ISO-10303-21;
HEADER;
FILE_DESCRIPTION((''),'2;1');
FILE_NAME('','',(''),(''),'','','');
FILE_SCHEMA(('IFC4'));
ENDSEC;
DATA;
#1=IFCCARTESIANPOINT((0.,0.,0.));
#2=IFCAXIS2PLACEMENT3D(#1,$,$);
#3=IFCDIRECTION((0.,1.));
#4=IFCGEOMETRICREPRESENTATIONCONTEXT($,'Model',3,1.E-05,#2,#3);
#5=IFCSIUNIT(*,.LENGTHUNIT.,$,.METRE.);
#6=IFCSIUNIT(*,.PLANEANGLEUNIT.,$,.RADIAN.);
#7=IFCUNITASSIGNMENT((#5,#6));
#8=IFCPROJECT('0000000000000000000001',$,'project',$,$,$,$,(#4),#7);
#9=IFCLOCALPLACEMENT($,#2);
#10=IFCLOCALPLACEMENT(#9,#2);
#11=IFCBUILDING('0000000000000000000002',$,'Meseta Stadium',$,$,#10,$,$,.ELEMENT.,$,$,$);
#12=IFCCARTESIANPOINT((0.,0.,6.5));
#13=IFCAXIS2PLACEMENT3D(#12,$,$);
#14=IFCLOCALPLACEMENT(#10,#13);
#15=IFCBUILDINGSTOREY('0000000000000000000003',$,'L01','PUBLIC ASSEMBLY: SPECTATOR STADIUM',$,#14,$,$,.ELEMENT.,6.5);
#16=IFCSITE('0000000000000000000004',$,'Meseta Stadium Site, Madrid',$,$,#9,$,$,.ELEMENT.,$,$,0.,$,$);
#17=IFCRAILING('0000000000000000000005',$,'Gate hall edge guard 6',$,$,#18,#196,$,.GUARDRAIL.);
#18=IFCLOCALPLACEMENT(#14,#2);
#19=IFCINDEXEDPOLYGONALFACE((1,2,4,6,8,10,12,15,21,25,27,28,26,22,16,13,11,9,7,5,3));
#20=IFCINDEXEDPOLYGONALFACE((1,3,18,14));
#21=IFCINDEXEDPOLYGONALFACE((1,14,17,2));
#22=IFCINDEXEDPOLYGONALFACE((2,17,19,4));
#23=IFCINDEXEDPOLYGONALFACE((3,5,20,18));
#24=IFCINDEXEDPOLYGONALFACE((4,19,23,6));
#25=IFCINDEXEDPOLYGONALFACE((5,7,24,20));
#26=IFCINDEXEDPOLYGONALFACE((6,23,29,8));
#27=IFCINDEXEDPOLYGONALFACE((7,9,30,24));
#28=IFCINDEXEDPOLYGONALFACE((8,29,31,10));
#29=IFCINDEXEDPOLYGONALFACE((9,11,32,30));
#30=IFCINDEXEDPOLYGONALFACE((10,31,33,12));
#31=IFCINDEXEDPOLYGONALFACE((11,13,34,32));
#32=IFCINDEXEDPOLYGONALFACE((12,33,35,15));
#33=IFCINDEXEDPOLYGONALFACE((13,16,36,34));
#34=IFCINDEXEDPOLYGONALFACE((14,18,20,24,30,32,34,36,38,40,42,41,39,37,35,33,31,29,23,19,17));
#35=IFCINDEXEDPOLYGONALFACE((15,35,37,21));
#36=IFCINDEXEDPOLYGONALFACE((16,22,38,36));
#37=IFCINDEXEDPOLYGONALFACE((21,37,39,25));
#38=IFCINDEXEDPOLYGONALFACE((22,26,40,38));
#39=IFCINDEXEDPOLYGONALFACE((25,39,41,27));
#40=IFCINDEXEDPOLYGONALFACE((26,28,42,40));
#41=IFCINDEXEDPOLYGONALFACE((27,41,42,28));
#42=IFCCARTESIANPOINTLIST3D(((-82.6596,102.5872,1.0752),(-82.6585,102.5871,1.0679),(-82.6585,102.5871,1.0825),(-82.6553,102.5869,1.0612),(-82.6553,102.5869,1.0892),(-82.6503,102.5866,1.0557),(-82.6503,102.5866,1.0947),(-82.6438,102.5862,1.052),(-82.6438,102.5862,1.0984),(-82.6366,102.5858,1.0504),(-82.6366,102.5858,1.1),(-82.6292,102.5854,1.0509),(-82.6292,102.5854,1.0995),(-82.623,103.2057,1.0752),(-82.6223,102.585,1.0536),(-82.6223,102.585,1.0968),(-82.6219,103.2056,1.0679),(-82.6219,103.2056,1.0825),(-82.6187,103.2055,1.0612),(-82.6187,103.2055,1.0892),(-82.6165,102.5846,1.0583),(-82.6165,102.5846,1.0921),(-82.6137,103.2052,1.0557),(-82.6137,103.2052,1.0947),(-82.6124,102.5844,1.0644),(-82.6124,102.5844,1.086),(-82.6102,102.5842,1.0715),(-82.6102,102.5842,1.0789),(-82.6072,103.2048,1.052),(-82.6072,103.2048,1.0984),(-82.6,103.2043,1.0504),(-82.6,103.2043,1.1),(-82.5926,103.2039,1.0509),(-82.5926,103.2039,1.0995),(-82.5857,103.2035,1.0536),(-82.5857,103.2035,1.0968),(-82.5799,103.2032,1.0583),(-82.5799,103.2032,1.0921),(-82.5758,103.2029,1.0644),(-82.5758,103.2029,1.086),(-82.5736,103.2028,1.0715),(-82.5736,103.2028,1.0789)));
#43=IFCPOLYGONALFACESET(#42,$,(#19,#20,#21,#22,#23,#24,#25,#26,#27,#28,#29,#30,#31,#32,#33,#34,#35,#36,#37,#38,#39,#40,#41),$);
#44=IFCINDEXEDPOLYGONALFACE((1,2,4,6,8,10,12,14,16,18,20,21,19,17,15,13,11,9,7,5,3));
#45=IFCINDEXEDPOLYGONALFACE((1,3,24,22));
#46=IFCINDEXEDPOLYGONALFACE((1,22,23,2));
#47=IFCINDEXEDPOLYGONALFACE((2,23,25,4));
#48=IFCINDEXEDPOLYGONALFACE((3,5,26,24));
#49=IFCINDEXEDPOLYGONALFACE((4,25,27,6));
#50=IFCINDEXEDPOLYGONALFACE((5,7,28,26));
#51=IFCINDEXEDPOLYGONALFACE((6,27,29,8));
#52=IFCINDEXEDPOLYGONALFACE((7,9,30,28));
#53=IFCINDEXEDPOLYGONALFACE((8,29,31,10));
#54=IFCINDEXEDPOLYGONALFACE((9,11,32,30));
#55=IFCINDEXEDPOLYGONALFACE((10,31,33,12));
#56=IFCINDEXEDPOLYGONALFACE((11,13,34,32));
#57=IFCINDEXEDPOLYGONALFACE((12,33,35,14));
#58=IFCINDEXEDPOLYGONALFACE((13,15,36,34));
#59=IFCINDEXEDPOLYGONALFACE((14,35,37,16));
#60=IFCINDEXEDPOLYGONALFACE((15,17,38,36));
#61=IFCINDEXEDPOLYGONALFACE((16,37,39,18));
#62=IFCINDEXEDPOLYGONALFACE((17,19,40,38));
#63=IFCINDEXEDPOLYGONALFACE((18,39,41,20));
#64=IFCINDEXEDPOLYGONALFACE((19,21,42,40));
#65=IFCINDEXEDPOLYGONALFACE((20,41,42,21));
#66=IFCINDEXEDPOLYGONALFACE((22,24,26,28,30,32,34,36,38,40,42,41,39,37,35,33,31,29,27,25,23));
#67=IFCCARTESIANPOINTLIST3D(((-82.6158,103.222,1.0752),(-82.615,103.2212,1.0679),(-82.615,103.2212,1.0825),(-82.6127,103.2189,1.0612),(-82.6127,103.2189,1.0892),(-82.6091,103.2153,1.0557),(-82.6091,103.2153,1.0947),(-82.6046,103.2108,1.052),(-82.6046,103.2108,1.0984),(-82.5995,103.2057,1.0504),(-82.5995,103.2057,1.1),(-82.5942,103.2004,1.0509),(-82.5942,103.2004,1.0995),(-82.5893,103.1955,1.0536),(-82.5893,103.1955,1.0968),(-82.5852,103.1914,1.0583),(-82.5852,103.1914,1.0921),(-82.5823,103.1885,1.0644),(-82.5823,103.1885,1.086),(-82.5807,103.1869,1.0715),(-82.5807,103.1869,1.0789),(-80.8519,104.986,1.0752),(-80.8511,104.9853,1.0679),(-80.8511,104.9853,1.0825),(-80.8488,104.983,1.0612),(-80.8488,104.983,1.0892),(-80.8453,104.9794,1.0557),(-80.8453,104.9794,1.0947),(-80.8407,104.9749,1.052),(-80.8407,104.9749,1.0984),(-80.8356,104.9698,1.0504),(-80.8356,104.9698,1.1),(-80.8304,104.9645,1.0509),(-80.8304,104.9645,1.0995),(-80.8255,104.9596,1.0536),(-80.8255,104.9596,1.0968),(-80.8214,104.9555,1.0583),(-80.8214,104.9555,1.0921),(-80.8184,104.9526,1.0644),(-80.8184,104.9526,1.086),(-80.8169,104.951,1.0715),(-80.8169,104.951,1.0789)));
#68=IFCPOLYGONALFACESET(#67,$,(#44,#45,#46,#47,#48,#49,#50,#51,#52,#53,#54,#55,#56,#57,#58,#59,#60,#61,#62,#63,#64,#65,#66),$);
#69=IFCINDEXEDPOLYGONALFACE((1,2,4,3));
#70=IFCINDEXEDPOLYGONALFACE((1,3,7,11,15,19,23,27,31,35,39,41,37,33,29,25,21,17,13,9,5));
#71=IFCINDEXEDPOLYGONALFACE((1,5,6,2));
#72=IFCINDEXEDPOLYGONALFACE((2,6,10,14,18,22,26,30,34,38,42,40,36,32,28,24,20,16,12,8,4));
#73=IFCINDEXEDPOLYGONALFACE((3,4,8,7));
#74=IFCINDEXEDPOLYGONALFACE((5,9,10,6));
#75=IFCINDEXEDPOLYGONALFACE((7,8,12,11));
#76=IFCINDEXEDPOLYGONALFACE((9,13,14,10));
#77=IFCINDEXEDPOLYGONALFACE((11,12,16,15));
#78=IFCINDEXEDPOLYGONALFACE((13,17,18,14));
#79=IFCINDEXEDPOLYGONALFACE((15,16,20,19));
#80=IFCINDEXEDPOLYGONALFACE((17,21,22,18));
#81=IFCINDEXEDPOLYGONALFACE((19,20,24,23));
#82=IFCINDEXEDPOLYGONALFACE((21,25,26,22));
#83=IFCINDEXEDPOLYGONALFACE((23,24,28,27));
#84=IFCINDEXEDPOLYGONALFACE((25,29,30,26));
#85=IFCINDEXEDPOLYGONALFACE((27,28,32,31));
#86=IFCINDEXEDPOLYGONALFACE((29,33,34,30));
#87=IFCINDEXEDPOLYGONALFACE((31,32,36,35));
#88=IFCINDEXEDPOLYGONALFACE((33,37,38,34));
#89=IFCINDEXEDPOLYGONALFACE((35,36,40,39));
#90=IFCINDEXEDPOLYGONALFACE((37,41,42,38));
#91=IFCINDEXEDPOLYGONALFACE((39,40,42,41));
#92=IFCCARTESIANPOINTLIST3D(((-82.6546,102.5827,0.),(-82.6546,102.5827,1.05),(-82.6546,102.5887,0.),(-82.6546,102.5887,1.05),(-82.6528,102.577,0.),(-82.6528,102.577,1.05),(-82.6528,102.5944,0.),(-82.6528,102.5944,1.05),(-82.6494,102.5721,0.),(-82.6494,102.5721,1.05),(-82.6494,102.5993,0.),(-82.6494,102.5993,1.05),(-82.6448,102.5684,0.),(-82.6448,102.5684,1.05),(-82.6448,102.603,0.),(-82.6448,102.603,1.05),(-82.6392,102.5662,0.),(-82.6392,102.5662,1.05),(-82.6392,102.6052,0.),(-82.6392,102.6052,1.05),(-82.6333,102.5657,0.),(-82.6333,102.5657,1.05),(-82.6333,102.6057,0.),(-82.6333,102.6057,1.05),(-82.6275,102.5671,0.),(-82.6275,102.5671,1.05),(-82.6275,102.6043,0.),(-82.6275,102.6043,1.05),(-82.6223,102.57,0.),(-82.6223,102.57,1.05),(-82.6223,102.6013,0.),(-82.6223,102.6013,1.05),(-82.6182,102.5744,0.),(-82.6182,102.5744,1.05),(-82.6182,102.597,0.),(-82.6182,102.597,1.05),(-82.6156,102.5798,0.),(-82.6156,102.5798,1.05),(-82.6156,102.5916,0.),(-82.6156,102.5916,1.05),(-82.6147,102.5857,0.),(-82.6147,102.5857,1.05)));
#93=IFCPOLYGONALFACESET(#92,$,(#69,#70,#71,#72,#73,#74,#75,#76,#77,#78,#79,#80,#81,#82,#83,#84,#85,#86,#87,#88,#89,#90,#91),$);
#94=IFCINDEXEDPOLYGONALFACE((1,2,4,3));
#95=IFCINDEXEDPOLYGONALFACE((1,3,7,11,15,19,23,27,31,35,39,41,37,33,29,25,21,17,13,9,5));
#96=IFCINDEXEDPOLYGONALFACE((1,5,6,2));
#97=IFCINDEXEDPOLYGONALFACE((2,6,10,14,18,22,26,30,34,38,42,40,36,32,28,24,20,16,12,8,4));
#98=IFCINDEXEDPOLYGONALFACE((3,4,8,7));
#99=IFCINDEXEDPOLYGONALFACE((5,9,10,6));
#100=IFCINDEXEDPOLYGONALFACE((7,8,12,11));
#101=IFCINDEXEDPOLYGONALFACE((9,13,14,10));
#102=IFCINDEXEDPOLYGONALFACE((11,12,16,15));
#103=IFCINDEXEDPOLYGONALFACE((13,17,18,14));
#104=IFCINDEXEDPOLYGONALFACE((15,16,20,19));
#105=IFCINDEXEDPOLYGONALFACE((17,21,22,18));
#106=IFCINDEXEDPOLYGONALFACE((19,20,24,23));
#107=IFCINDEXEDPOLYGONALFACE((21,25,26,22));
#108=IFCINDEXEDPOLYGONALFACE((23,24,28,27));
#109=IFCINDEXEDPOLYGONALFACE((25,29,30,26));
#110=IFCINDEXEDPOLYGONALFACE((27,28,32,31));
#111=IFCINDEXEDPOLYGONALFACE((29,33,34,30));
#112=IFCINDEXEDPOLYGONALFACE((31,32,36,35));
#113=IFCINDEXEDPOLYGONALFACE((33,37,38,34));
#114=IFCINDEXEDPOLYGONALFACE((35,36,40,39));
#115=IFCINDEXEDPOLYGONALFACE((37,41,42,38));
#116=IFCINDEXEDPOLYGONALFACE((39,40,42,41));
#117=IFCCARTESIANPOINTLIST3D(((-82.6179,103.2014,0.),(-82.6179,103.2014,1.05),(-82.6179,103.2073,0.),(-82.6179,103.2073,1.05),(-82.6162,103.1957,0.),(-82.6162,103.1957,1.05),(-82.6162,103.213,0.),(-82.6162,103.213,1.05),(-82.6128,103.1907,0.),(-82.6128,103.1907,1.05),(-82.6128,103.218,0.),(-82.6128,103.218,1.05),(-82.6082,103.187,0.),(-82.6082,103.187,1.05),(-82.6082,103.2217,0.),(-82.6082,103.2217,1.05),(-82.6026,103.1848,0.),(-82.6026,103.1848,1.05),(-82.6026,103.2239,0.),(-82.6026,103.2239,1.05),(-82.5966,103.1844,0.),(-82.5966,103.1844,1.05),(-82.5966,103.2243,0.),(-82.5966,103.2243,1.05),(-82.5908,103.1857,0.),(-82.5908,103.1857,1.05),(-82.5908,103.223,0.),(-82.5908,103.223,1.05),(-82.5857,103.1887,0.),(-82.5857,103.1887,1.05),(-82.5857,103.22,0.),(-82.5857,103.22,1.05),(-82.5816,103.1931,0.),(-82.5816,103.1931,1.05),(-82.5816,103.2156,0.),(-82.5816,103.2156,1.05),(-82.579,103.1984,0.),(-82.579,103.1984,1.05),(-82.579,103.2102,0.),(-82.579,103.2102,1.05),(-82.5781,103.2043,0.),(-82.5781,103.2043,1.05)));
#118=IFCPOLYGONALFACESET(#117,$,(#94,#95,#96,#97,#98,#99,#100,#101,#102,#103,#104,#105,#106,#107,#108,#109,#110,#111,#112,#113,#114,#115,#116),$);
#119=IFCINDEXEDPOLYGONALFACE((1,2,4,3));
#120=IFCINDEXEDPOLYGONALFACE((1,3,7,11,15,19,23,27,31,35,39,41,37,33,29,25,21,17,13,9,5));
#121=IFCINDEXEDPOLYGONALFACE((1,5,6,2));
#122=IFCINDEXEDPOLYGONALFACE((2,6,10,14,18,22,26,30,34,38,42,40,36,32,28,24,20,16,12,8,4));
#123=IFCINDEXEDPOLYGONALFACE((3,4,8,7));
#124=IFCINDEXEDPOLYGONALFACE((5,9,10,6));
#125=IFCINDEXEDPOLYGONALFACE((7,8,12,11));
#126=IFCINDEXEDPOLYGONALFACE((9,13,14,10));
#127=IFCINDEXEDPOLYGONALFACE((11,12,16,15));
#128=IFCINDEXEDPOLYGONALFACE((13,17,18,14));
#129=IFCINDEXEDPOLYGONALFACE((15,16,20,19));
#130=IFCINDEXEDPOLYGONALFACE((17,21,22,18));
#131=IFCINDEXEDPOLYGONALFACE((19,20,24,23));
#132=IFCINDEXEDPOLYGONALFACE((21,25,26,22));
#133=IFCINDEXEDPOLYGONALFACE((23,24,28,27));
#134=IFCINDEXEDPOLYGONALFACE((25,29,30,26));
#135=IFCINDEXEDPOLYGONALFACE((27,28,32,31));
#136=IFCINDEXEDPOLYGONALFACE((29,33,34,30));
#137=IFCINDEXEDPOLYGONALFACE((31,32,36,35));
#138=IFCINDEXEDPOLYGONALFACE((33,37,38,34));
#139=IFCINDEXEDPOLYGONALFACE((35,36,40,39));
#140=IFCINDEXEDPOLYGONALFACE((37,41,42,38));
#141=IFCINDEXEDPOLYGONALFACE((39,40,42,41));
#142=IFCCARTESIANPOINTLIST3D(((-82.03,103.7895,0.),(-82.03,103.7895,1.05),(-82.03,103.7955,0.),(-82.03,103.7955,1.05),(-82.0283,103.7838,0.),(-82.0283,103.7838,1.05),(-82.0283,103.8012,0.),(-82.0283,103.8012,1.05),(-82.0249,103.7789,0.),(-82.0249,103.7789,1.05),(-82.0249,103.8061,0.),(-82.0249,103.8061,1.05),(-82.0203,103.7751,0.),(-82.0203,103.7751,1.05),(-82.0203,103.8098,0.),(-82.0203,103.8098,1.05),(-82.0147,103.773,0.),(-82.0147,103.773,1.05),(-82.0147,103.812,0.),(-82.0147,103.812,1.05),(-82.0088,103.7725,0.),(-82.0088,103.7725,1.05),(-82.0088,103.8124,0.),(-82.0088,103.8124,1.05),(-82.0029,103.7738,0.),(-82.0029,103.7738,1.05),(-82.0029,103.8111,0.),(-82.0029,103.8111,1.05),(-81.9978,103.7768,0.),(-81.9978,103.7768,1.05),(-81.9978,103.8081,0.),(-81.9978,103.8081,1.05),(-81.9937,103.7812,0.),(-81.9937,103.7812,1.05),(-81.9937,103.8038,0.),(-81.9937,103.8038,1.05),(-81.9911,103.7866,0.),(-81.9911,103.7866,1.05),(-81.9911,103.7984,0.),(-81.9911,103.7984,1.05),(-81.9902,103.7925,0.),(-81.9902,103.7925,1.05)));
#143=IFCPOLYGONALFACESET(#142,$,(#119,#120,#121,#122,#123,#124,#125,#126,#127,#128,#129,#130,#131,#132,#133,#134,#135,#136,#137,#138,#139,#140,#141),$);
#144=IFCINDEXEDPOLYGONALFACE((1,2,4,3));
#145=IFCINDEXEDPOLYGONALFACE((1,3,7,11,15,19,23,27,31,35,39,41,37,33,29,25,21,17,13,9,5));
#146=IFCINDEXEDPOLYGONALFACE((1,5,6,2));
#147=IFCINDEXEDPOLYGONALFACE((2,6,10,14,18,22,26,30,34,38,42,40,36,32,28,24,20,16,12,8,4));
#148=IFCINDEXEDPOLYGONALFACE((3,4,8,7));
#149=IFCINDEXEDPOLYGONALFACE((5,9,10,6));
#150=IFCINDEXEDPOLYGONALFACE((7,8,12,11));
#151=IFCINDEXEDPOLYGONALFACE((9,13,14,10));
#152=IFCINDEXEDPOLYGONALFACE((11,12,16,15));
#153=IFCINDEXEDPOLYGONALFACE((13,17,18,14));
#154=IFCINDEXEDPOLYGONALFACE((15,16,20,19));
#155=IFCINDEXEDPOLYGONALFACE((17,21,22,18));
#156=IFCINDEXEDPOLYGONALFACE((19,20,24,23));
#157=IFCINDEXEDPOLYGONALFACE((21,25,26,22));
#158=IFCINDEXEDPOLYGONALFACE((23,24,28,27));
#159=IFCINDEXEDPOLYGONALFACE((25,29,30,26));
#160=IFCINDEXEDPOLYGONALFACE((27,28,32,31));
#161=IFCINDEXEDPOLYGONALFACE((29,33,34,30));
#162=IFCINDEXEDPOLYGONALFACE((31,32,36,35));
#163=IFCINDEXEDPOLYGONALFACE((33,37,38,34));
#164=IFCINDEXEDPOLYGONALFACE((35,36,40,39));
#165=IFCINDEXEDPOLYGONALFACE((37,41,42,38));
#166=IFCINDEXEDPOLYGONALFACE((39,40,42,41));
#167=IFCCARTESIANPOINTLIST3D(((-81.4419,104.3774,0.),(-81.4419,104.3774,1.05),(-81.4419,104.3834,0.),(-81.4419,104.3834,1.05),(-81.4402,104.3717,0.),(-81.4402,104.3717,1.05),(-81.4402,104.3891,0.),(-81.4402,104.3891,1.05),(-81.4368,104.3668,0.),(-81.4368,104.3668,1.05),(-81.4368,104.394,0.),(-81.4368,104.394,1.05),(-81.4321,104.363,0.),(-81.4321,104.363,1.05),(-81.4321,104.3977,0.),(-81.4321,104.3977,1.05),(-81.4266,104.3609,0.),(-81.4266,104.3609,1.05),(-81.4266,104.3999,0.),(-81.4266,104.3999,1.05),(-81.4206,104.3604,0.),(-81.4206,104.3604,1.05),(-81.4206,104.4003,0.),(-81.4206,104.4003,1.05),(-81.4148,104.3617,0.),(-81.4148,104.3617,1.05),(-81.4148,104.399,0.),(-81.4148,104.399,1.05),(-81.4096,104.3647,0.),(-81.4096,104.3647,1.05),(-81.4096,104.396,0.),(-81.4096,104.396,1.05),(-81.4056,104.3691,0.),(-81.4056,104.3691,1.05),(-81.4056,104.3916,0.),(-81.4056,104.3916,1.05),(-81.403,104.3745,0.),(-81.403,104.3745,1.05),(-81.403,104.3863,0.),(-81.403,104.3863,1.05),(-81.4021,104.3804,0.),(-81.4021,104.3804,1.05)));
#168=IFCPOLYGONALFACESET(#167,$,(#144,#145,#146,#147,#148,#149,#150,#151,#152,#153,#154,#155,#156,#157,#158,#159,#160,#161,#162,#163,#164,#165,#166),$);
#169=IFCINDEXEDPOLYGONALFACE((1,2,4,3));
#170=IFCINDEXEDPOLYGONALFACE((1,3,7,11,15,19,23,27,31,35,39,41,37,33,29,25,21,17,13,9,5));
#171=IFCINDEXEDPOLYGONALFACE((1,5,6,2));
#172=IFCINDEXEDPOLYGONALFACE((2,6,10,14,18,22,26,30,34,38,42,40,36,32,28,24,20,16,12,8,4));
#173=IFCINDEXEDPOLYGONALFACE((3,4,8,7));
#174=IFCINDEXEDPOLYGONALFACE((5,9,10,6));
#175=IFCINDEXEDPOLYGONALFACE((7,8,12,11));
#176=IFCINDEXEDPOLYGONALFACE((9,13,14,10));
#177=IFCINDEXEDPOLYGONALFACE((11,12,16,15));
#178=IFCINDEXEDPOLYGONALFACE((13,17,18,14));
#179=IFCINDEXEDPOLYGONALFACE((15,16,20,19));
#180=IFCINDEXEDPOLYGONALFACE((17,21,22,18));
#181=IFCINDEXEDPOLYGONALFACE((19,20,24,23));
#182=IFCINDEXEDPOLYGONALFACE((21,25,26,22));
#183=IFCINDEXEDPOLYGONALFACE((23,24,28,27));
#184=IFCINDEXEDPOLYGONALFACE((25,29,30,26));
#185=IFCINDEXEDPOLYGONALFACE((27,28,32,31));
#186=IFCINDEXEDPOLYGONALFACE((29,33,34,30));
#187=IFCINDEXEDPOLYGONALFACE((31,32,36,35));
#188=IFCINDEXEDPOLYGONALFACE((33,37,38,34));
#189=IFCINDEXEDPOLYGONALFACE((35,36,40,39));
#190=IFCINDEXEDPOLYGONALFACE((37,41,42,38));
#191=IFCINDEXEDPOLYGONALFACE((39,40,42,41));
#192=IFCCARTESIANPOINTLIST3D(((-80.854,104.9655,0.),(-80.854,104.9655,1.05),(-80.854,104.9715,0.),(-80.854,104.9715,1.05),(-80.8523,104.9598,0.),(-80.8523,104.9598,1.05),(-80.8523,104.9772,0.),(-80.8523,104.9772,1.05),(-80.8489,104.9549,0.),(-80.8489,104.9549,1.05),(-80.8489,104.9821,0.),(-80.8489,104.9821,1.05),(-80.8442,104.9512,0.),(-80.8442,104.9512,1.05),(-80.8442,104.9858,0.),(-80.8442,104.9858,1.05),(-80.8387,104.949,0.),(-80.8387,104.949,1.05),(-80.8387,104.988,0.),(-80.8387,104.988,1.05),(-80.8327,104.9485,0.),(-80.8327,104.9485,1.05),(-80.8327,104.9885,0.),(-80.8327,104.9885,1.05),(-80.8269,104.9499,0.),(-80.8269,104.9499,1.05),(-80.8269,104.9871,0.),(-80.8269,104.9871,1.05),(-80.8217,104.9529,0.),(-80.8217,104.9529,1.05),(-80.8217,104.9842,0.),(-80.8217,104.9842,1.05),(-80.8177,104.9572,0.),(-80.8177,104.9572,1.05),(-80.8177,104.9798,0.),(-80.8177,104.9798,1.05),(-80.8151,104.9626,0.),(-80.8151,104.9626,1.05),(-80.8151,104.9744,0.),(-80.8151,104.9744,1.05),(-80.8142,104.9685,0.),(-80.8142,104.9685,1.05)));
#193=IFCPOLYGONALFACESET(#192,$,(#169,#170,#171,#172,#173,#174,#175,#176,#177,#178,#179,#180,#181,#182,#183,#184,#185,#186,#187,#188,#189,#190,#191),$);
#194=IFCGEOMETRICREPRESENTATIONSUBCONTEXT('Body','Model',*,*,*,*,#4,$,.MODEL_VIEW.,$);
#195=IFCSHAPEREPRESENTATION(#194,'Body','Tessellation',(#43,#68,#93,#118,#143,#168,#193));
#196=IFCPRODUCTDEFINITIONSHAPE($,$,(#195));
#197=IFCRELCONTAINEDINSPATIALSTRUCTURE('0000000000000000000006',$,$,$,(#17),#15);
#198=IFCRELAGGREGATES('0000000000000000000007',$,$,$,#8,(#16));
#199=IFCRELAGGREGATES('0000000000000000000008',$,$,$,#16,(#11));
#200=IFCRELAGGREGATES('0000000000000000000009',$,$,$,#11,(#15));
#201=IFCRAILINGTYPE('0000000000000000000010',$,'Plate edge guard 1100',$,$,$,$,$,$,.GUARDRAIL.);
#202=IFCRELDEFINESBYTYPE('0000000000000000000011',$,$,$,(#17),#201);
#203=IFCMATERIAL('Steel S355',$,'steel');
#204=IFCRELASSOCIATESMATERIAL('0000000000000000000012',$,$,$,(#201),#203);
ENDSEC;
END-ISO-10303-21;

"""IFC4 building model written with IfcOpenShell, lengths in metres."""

from ifc_helpers import new_model, si_unit, direction, frame, origin, origin_2d, place, context, subcontext, project, spatial, circle, extrude, material, type_object, element, save


model = new_model("IFC4")

# Units and contexts
model_context = context("Model", 3, precision=1e-05, world=origin(), true_north=direction((0.0, 1.0)))
body_context = subcontext(model_context, "Body", "Model", "MODEL_VIEW")
ifc_project = project(units=[si_unit("LENGTHUNIT", "METRE"), si_unit("PLANEANGLEUNIT", "RADIAN")], contexts=[model_context])

# Site, building, storey
site_placement = place(None, origin())
site = spatial("IfcSite", under=ifc_project, at=site_placement, Name="Meseta Stadium Site, Madrid", CompositionType="ELEMENT", RefElevation=0.0)
building_placement = place(site_placement, origin())
building = spatial("IfcBuilding", under=site, at=building_placement, Name="Meseta Stadium", CompositionType="ELEMENT")
storey_placement = place(building_placement, frame((0.0, 0.0, 6.5)))
storey = spatial("IfcBuildingStorey", under=building, at=storey_placement, Name="L01", Description="PUBLIC ASSEMBLY: SPECTATOR STADIUM", CompositionType="ELEMENT", Elevation=6.5)

# Railing
ifc_material_1 = material(Name="Steel S355", Category="steel")
railing_type = type_object("IfcRailingType", Name="Plate edge guard 1100", PredefinedType="GUARDRAIL", material=ifc_material_1)
railing_placement = place(storey_placement, frame((-82.6348, 102.5857, 0.0)))
element("IfcRailing", 1, at=railing_placement, inside=storey, type_object=railing_type, Name="Gate hall edge guard 6", PredefinedType="GUARDRAIL", context=body_context, shape_type="SweptSolid", body=[
    extrude(circle(Radius=0.0249, at=origin_2d()), frame((0.0, 0.0, 1.0752), z_axis=(0.059092, 0.998253, 0.0), x_axis=(-0.998253, 0.059092, 0.0)), (0.0, 0.0, 1.0), 0.6196),
    extrude(circle(Radius=0.0249, at=origin_2d()), frame((0.0366, 0.6187, 1.0752), z_axis=(0.707058, 0.707156, 0.0), x_axis=(-0.707156, 0.707058, 0.0)), (0.0, 0.0, 1.0), 2.4946),
    extrude(circle(Radius=0.02, at=origin_2d()), origin(), (0.0, 0.0, 1.0), 1.05),
    extrude(circle(Radius=0.02, at=origin_2d()), frame((0.0366, 0.6187, 0.0)), (0.0, 0.0, 1.0), 1.05),
    extrude(circle(Radius=0.02, at=origin_2d()), frame((0.6245, 1.2068, 0.0)), (0.0, 0.0, 1.0), 1.05),
    extrude(circle(Radius=0.02, at=origin_2d()), frame((1.2126, 1.7947, 0.0)), (0.0, 0.0, 1.0), 1.05),
    extrude(circle(Radius=0.02, at=origin_2d()), frame((1.8005, 2.3828, 0.0)), (0.0, 0.0, 1.0), 1.05),
])

save(model, "model.ifc")
